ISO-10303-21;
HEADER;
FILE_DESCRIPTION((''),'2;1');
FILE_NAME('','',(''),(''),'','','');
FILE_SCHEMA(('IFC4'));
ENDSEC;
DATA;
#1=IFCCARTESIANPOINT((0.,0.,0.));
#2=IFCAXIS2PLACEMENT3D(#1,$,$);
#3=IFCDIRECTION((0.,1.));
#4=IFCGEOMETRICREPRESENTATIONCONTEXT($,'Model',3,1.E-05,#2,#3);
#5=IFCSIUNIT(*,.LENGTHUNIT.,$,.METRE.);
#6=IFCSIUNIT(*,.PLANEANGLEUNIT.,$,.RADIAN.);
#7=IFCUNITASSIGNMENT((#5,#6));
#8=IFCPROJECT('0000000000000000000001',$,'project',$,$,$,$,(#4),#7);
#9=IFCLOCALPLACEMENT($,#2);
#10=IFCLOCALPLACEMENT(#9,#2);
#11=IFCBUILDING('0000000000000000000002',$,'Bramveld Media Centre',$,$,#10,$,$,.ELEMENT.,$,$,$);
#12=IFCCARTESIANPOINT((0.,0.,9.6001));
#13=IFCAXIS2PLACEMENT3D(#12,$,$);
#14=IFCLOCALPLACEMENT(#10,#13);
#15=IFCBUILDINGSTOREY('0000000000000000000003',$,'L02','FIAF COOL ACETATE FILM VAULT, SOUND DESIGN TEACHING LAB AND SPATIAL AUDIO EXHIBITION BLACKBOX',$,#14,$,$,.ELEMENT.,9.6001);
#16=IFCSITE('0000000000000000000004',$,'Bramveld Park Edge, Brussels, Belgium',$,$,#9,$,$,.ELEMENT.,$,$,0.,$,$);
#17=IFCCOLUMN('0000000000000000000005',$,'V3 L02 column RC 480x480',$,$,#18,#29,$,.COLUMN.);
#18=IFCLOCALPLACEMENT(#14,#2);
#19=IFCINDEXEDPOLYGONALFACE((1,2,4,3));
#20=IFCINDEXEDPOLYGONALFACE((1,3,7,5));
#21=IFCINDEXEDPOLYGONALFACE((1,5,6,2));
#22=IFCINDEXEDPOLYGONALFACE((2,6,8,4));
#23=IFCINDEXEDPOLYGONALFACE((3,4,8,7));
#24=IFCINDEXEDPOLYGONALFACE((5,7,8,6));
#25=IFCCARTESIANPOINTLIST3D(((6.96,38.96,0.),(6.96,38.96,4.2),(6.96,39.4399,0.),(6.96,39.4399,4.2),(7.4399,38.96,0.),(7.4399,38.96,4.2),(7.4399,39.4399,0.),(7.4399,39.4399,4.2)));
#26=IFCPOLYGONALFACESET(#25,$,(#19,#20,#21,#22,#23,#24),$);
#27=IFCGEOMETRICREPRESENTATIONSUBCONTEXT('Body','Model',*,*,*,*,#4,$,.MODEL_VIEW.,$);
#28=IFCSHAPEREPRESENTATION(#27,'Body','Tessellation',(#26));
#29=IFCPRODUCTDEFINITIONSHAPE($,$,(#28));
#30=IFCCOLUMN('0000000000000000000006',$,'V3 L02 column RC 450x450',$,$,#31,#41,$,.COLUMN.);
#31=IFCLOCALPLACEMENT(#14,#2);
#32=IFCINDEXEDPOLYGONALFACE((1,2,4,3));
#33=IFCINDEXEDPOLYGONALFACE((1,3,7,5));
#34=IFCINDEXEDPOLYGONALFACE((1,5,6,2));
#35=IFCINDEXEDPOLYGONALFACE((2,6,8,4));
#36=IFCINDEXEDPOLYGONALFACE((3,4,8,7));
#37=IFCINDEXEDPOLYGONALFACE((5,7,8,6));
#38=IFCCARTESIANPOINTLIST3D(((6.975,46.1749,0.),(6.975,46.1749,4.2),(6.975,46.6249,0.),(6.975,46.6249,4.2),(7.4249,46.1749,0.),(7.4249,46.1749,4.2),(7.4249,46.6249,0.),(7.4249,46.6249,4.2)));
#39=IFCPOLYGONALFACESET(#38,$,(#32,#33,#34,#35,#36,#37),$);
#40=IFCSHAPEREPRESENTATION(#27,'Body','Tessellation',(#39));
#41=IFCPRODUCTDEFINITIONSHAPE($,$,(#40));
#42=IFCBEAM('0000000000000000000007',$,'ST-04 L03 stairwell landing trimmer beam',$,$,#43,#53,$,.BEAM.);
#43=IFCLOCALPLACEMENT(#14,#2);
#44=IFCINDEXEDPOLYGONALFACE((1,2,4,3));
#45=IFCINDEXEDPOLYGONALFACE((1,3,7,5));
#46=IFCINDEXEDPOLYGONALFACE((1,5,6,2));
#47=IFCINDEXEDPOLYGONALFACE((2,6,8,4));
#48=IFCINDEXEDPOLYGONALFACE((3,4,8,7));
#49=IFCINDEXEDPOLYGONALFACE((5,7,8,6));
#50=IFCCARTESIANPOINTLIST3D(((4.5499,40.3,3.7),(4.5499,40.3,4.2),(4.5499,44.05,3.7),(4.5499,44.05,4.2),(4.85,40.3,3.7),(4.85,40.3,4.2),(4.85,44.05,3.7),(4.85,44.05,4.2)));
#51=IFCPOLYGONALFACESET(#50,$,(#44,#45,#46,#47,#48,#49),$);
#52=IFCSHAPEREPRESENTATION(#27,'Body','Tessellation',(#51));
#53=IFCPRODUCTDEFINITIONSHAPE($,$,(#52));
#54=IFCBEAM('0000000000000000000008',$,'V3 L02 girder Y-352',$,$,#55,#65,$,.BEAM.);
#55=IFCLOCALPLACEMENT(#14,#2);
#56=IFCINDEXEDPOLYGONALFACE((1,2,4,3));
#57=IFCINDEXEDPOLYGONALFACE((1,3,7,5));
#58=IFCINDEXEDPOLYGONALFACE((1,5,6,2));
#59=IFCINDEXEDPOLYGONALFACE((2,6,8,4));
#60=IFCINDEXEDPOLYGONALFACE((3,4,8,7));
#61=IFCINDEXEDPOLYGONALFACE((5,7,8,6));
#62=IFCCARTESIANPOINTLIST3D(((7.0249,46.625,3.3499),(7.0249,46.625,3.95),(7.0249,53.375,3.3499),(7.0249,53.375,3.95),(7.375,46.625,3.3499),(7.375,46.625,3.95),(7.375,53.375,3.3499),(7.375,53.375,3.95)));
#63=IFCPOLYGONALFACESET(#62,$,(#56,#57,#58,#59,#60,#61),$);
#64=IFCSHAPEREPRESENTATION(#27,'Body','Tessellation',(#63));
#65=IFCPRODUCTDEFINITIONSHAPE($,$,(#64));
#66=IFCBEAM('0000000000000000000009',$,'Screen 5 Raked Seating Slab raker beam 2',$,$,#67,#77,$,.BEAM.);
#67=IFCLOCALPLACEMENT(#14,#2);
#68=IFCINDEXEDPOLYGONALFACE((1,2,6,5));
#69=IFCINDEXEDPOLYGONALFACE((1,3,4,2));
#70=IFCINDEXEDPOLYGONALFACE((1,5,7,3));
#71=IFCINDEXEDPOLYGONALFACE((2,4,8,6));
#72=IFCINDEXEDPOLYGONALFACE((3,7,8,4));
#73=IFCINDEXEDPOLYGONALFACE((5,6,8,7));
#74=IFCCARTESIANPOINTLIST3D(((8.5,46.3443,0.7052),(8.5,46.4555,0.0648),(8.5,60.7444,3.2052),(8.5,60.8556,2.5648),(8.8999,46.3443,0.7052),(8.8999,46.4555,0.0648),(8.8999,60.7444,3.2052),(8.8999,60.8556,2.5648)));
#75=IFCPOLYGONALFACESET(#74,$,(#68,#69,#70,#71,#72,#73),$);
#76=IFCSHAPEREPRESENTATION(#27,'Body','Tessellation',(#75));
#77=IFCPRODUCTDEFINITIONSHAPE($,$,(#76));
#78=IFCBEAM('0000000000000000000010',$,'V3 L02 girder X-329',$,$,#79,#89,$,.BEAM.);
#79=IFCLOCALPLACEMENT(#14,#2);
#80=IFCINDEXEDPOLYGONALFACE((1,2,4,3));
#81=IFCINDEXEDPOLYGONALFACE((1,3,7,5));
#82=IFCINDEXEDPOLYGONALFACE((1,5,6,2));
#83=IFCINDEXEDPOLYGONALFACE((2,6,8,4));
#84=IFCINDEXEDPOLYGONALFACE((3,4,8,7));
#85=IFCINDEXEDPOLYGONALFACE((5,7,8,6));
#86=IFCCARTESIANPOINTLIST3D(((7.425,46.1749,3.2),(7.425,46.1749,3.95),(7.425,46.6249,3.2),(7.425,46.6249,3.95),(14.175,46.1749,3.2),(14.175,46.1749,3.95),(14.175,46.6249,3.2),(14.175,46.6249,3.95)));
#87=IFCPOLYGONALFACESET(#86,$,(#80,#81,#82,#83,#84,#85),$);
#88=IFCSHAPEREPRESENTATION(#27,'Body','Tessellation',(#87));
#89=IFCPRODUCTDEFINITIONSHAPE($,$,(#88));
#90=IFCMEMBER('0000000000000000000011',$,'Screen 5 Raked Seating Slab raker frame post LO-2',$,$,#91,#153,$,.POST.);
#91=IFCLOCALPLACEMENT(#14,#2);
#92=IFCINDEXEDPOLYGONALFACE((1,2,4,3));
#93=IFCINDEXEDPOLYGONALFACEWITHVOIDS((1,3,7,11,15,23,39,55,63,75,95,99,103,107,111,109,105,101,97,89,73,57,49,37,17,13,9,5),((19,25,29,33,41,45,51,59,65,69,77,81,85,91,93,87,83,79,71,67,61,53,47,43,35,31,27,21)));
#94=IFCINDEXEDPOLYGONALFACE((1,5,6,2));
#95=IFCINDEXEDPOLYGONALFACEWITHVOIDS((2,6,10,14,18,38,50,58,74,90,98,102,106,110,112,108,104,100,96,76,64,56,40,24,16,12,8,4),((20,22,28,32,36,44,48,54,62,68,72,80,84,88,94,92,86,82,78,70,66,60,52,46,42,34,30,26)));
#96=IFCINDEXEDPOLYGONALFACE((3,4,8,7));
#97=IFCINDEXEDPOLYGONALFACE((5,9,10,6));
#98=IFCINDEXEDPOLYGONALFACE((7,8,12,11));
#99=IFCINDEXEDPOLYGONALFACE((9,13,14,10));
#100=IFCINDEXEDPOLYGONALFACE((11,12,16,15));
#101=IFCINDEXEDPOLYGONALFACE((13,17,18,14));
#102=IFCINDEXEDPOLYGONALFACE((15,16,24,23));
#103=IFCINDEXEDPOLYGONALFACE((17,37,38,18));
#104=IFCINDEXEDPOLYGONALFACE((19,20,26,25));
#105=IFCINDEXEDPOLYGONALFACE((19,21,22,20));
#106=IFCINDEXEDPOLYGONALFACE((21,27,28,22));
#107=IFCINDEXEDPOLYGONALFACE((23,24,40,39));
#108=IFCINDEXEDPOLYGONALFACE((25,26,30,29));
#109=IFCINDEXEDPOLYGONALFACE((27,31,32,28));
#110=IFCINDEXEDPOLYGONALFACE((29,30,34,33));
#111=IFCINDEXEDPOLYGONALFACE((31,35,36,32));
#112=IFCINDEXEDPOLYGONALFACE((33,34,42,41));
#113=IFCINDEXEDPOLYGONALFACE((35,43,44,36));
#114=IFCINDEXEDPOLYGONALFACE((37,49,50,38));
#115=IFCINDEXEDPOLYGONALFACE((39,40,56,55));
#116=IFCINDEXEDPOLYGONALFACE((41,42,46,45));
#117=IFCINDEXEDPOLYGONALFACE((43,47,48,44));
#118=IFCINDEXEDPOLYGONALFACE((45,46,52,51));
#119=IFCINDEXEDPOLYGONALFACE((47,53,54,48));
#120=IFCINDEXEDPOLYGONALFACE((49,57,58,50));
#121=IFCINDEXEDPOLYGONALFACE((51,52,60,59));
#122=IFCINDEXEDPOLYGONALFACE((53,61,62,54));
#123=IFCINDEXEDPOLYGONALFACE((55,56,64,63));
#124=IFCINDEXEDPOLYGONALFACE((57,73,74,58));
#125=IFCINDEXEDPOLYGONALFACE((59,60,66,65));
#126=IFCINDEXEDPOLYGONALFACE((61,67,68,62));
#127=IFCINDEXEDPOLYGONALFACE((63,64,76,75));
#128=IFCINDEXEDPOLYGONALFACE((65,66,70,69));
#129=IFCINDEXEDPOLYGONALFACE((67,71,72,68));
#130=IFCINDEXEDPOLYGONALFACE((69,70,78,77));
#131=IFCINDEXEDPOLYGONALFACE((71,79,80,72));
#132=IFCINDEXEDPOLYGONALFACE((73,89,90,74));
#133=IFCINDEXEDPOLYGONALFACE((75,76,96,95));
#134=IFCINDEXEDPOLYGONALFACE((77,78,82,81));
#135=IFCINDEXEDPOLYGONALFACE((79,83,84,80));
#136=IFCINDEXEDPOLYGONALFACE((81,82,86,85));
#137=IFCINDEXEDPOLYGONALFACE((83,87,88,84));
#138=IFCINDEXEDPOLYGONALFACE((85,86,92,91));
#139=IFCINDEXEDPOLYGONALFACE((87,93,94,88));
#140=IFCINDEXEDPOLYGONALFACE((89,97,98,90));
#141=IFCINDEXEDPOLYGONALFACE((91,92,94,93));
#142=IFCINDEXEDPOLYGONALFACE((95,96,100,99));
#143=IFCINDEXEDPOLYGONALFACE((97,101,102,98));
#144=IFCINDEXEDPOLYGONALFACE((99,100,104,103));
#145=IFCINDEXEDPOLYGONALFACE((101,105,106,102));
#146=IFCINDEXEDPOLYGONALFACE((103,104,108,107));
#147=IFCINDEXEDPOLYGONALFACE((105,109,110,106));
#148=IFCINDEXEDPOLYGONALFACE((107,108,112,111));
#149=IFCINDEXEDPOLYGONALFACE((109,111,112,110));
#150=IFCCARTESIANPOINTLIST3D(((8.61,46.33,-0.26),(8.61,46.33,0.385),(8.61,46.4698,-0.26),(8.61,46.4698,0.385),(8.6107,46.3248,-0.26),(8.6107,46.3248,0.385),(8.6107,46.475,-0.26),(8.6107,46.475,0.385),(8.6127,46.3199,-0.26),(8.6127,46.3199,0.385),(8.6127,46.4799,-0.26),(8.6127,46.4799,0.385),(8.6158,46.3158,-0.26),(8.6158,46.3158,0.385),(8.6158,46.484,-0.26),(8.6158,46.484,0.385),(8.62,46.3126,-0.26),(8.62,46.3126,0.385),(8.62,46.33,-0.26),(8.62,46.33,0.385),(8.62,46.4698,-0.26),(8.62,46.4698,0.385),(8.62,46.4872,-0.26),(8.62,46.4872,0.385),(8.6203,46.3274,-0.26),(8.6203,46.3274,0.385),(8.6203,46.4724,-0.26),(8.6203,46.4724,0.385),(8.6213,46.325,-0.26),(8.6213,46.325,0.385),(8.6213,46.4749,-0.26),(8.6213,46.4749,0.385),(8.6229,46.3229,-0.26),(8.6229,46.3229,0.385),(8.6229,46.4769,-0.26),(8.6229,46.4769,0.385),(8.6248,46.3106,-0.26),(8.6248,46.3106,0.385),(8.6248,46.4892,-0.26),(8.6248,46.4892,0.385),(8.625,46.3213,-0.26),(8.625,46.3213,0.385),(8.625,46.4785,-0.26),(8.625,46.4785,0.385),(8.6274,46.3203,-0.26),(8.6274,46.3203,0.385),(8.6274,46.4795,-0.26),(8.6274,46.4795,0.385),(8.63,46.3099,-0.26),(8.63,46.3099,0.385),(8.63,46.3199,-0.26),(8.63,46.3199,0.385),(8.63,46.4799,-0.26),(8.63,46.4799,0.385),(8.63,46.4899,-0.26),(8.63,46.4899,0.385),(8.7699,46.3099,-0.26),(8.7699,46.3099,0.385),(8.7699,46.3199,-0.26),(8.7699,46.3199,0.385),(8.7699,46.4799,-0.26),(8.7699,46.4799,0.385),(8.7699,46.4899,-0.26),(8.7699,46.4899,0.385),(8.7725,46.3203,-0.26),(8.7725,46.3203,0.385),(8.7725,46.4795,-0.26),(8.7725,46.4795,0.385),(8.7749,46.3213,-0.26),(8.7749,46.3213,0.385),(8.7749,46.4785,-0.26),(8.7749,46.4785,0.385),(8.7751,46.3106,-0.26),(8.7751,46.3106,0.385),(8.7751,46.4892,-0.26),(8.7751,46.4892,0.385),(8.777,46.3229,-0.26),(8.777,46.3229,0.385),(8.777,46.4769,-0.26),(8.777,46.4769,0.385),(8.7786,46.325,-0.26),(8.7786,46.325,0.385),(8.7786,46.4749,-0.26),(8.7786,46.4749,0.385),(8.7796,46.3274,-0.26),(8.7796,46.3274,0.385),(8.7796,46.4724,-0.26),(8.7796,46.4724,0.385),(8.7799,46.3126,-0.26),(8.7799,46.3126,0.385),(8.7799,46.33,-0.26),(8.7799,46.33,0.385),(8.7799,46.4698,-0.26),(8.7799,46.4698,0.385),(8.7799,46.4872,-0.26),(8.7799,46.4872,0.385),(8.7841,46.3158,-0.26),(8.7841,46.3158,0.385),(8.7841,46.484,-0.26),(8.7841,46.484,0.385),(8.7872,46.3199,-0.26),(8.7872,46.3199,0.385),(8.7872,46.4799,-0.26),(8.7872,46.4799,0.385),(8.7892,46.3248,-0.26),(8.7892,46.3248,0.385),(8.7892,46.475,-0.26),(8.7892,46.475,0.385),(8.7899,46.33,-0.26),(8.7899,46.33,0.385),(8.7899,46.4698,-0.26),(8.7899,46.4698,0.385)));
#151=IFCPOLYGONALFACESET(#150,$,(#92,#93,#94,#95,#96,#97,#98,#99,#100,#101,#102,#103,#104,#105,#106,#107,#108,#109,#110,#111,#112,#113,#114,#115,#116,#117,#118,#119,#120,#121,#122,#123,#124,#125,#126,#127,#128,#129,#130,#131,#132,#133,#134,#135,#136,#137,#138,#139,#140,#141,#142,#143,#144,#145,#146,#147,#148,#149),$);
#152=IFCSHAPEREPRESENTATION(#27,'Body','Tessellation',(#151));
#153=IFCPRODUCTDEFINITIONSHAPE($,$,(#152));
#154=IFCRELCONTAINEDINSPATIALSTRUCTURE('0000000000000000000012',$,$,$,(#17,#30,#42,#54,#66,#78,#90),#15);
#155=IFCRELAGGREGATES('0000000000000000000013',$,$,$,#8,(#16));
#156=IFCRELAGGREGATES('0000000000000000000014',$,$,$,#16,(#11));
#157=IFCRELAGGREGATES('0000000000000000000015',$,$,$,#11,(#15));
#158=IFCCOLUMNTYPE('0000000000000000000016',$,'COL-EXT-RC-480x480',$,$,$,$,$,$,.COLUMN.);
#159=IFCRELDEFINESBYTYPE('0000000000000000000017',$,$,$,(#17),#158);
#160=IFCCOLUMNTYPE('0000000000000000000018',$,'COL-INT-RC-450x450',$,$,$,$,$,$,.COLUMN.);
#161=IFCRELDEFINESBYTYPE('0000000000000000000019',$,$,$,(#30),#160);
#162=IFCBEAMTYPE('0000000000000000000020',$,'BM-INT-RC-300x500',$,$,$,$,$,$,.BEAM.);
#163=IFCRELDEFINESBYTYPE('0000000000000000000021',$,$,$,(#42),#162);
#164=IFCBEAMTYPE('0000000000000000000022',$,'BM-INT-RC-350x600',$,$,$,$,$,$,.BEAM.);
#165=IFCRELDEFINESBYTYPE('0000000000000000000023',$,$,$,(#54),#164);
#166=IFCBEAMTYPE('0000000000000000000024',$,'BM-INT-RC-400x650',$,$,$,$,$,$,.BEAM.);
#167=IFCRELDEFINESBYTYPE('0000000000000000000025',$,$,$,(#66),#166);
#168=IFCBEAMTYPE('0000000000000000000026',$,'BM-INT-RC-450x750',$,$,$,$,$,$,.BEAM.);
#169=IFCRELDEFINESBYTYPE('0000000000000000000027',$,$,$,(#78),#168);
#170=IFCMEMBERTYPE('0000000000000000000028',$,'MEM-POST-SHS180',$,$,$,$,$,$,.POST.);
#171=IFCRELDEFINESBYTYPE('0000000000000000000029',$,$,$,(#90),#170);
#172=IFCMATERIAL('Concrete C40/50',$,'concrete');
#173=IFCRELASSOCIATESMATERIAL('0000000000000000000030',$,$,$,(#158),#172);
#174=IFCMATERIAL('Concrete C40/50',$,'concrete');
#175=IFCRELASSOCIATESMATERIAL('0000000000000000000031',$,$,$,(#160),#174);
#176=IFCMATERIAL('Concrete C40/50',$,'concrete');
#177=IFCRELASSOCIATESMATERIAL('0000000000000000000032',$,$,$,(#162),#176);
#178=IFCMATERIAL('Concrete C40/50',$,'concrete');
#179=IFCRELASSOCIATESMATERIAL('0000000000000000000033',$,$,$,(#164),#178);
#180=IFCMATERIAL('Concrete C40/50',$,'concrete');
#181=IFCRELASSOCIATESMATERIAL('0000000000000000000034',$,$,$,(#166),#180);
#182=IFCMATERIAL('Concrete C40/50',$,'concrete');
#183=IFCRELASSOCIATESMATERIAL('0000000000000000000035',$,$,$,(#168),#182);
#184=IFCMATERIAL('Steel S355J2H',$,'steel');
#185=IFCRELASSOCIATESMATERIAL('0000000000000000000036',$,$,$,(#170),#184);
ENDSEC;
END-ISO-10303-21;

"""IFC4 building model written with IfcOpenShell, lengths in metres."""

from ifc_helpers import new_model, si_unit, direction, frame, origin, origin_2d, place, context, subcontext, project, spatial, rectangle, hollow_rectangle, extrude, material, material_profile, profile_set, type_object, element, save


model = new_model("IFC4")

# Units and contexts
model_context = context("Model", 3, precision=1e-05, world=origin(), true_north=direction((0.0, 1.0)))
body_context = subcontext(model_context, "Body", "Model", "MODEL_VIEW")
ifc_project = project(units=[si_unit("LENGTHUNIT", "METRE"), si_unit("PLANEANGLEUNIT", "RADIAN")], contexts=[model_context])

# Site, building, storey
site_placement = place(None, origin())
site = spatial("IfcSite", under=ifc_project, at=site_placement, Name="Bramveld Park Edge, Brussels, Belgium", CompositionType="ELEMENT", RefElevation=0.0)
building_placement = place(site_placement, origin())
building = spatial("IfcBuilding", under=site, at=building_placement, Name="Bramveld Media Centre", CompositionType="ELEMENT")
storey_placement = place(building_placement, frame((0.0, 0.0, 9.6001)))
storey = spatial("IfcBuildingStorey", under=building, at=storey_placement, Name="L02", Description="FIAF COOL ACETATE FILM VAULT, SOUND DESIGN TEACHING LAB AND SPATIAL AUDIO EXHIBITION BLACKBOX", CompositionType="ELEMENT", Elevation=9.6001)

# Columns
ifc_material_1 = material(Name="Concrete C40/50", Category="concrete")
ifc_material_profile_1 = material_profile(ifc_material_1, rectangle(XDim=0.48, YDim=0.48, at=origin_2d()), Name="RC 480x480")
ifc_profile_set_1 = profile_set([ifc_material_profile_1], Name="Concrete C40/50")
column_type_1 = type_object("IfcColumnType", Name="COL-EXT-RC-480x480", PredefinedType="COLUMN", material=ifc_profile_set_1)
column_1_placement = place(storey_placement, frame((7.2, 39.2, 0.0), z_axis=(0.0, 0.0, 1.0), x_axis=(1.0, 0.0, 0.0)))
element("IfcColumn", 1, at=column_1_placement, inside=storey, type_object=column_type_1, Name="V3 L02 column RC 480x480", PredefinedType="COLUMN", context=body_context, shape_type="SweptSolid", body=[
    extrude(rectangle(XDim=0.48, YDim=0.48, at=origin_2d()), origin(), (0.0, 0.0, 1.0), 4.2),
])
ifc_material_2 = material(Name="Concrete C40/50", Category="concrete")
ifc_material_profile_2 = material_profile(ifc_material_2, rectangle(XDim=0.45, YDim=0.45, at=origin_2d()), Name="RC 450x450")
ifc_profile_set_2 = profile_set([ifc_material_profile_2], Name="Concrete C40/50")
column_type_2 = type_object("IfcColumnType", Name="COL-INT-RC-450x450", PredefinedType="COLUMN", material=ifc_profile_set_2)
column_2_placement = place(storey_placement, frame((7.2, 46.3999, 0.0), z_axis=(0.0, 0.0, 1.0), x_axis=(1.0, 0.0, 0.0)))
element("IfcColumn", 2, at=column_2_placement, inside=storey, type_object=column_type_2, Name="V3 L02 column RC 450x450", PredefinedType="COLUMN", context=body_context, shape_type="SweptSolid", body=[
    extrude(rectangle(XDim=0.45, YDim=0.45, at=origin_2d()), origin(), (0.0, 0.0, 1.0), 4.2),
])

# Beams
ifc_material_3 = material(Name="Concrete C40/50", Category="concrete")
ifc_material_profile_3 = material_profile(ifc_material_3, rectangle(XDim=0.3, YDim=0.5, at=origin_2d()), Name="RC 300x500")
ifc_profile_set_3 = profile_set([ifc_material_profile_3], Name="Concrete C40/50")
beam_type_1 = type_object("IfcBeamType", Name="BM-INT-RC-300x500", PredefinedType="BEAM", material=ifc_profile_set_3)
beam_1_placement = place(storey_placement, frame((4.7, 40.3, 3.95), z_axis=(0.0, 1.0, 0.0), x_axis=(-1.0, 0.0, 0.0)))
element("IfcBeam", 3, at=beam_1_placement, inside=storey, type_object=beam_type_1, Name="ST-04 L03 stairwell landing trimmer beam", PredefinedType="BEAM", context=body_context, shape_type="SweptSolid", body=[
    extrude(rectangle(XDim=0.3, YDim=0.5, at=origin_2d()), origin(), (0.0, 0.0, 1.0), 3.75),
])
ifc_material_4 = material(Name="Concrete C40/50", Category="concrete")
ifc_material_profile_4 = material_profile(ifc_material_4, rectangle(XDim=0.3501, YDim=0.6001, at=origin_2d()), Name="RC 350x600")
ifc_profile_set_4 = profile_set([ifc_material_profile_4], Name="Concrete C40/50")
beam_type_2 = type_object("IfcBeamType", Name="BM-INT-RC-350x600", PredefinedType="BEAM", material=ifc_profile_set_4)
beam_2_placement = place(storey_placement, frame((7.2, 46.625, 3.6499), z_axis=(0.0, 1.0, 0.0), x_axis=(-1.0, 0.0, 0.0)))
element("IfcBeam", 4, at=beam_2_placement, inside=storey, type_object=beam_type_2, Name="V3 L02 girder Y-352", PredefinedType="BEAM", context=body_context, shape_type="SweptSolid", body=[
    extrude(rectangle(XDim=0.3501, YDim=0.6001, at=origin_2d()), origin(), (0.0, 0.0, 1.0), 6.75),
])
ifc_material_5 = material(Name="Concrete C40/50", Category="concrete")
ifc_material_profile_5 = material_profile(ifc_material_5, rectangle(XDim=0.3999, YDim=0.6499, at=origin_2d()), Name="RC 400x650")
ifc_profile_set_5 = profile_set([ifc_material_profile_5], Name="Concrete C40/50")
beam_type_3 = type_object("IfcBeamType", Name="BM-INT-RC-400x650", PredefinedType="BEAM", material=ifc_profile_set_5)
beam_3_placement = place(storey_placement, frame((8.7, 46.3999, 0.385), z_axis=(0.0, 0.985262, 0.171051), x_axis=(-1.0, 0.0, 0.0)))
element("IfcBeam", 5, at=beam_3_placement, inside=storey, type_object=beam_type_3, Name="Screen 5 Raked Seating Slab raker beam 2", PredefinedType="BEAM", context=body_context, shape_type="SweptSolid", body=[
    extrude(rectangle(XDim=0.3999, YDim=0.6499, at=origin_2d()), origin(), (0.0, 0.0, 1.0), 14.6155),
])
ifc_material_6 = material(Name="Concrete C40/50", Category="concrete")
ifc_material_profile_6 = material_profile(ifc_material_6, rectangle(XDim=0.45, YDim=0.75, at=origin_2d()), Name="RC 450x750")
ifc_profile_set_6 = profile_set([ifc_material_profile_6], Name="Concrete C40/50")
beam_type_4 = type_object("IfcBeamType", Name="BM-INT-RC-450x750", PredefinedType="BEAM", material=ifc_profile_set_6)
beam_4_placement = place(storey_placement, frame((7.425, 46.3999, 3.575), z_axis=(1.0, 0.0, 0.0), x_axis=(0.0, 1.0, 0.0)))
element("IfcBeam", 6, at=beam_4_placement, inside=storey, type_object=beam_type_4, Name="V3 L02 girder X-329", PredefinedType="BEAM", context=body_context, shape_type="SweptSolid", body=[
    extrude(rectangle(XDim=0.45, YDim=0.75, at=origin_2d()), origin(), (0.0, 0.0, 1.0), 6.75),
])

# Member
ifc_material_7 = material(Name="Steel S355J2H", Category="steel")
ifc_material_profile_7 = material_profile(ifc_material_7, hollow_rectangle(XDim=0.1799, YDim=0.1799, WallThickness=0.01, InnerFilletRadius=0.01, OuterFilletRadius=0.02, at=origin_2d()), Name="SHS 180x180x10")
ifc_profile_set_7 = profile_set([ifc_material_profile_7], Name="Steel S355J2H")
member_type = type_object("IfcMemberType", Name="MEM-POST-SHS180", PredefinedType="POST", material=ifc_profile_set_7)
member_placement = place(storey_placement, frame((8.7, 46.3999, -0.26), z_axis=(0.0, 0.0, 1.0), x_axis=(1.0, 0.0, 0.0)))
element("IfcMember", 7, at=member_placement, inside=storey, type_object=member_type, Name="Screen 5 Raked Seating Slab raker frame post LO-2", PredefinedType="POST", context=body_context, shape_type="SweptSolid", body=[
    extrude(hollow_rectangle(XDim=0.1799, YDim=0.1799, WallThickness=0.01, InnerFilletRadius=0.01, OuterFilletRadius=0.02, at=origin_2d()), origin(), (0.0, 0.0, 1.0), 0.645),
])

save(model, "model.ifc")
